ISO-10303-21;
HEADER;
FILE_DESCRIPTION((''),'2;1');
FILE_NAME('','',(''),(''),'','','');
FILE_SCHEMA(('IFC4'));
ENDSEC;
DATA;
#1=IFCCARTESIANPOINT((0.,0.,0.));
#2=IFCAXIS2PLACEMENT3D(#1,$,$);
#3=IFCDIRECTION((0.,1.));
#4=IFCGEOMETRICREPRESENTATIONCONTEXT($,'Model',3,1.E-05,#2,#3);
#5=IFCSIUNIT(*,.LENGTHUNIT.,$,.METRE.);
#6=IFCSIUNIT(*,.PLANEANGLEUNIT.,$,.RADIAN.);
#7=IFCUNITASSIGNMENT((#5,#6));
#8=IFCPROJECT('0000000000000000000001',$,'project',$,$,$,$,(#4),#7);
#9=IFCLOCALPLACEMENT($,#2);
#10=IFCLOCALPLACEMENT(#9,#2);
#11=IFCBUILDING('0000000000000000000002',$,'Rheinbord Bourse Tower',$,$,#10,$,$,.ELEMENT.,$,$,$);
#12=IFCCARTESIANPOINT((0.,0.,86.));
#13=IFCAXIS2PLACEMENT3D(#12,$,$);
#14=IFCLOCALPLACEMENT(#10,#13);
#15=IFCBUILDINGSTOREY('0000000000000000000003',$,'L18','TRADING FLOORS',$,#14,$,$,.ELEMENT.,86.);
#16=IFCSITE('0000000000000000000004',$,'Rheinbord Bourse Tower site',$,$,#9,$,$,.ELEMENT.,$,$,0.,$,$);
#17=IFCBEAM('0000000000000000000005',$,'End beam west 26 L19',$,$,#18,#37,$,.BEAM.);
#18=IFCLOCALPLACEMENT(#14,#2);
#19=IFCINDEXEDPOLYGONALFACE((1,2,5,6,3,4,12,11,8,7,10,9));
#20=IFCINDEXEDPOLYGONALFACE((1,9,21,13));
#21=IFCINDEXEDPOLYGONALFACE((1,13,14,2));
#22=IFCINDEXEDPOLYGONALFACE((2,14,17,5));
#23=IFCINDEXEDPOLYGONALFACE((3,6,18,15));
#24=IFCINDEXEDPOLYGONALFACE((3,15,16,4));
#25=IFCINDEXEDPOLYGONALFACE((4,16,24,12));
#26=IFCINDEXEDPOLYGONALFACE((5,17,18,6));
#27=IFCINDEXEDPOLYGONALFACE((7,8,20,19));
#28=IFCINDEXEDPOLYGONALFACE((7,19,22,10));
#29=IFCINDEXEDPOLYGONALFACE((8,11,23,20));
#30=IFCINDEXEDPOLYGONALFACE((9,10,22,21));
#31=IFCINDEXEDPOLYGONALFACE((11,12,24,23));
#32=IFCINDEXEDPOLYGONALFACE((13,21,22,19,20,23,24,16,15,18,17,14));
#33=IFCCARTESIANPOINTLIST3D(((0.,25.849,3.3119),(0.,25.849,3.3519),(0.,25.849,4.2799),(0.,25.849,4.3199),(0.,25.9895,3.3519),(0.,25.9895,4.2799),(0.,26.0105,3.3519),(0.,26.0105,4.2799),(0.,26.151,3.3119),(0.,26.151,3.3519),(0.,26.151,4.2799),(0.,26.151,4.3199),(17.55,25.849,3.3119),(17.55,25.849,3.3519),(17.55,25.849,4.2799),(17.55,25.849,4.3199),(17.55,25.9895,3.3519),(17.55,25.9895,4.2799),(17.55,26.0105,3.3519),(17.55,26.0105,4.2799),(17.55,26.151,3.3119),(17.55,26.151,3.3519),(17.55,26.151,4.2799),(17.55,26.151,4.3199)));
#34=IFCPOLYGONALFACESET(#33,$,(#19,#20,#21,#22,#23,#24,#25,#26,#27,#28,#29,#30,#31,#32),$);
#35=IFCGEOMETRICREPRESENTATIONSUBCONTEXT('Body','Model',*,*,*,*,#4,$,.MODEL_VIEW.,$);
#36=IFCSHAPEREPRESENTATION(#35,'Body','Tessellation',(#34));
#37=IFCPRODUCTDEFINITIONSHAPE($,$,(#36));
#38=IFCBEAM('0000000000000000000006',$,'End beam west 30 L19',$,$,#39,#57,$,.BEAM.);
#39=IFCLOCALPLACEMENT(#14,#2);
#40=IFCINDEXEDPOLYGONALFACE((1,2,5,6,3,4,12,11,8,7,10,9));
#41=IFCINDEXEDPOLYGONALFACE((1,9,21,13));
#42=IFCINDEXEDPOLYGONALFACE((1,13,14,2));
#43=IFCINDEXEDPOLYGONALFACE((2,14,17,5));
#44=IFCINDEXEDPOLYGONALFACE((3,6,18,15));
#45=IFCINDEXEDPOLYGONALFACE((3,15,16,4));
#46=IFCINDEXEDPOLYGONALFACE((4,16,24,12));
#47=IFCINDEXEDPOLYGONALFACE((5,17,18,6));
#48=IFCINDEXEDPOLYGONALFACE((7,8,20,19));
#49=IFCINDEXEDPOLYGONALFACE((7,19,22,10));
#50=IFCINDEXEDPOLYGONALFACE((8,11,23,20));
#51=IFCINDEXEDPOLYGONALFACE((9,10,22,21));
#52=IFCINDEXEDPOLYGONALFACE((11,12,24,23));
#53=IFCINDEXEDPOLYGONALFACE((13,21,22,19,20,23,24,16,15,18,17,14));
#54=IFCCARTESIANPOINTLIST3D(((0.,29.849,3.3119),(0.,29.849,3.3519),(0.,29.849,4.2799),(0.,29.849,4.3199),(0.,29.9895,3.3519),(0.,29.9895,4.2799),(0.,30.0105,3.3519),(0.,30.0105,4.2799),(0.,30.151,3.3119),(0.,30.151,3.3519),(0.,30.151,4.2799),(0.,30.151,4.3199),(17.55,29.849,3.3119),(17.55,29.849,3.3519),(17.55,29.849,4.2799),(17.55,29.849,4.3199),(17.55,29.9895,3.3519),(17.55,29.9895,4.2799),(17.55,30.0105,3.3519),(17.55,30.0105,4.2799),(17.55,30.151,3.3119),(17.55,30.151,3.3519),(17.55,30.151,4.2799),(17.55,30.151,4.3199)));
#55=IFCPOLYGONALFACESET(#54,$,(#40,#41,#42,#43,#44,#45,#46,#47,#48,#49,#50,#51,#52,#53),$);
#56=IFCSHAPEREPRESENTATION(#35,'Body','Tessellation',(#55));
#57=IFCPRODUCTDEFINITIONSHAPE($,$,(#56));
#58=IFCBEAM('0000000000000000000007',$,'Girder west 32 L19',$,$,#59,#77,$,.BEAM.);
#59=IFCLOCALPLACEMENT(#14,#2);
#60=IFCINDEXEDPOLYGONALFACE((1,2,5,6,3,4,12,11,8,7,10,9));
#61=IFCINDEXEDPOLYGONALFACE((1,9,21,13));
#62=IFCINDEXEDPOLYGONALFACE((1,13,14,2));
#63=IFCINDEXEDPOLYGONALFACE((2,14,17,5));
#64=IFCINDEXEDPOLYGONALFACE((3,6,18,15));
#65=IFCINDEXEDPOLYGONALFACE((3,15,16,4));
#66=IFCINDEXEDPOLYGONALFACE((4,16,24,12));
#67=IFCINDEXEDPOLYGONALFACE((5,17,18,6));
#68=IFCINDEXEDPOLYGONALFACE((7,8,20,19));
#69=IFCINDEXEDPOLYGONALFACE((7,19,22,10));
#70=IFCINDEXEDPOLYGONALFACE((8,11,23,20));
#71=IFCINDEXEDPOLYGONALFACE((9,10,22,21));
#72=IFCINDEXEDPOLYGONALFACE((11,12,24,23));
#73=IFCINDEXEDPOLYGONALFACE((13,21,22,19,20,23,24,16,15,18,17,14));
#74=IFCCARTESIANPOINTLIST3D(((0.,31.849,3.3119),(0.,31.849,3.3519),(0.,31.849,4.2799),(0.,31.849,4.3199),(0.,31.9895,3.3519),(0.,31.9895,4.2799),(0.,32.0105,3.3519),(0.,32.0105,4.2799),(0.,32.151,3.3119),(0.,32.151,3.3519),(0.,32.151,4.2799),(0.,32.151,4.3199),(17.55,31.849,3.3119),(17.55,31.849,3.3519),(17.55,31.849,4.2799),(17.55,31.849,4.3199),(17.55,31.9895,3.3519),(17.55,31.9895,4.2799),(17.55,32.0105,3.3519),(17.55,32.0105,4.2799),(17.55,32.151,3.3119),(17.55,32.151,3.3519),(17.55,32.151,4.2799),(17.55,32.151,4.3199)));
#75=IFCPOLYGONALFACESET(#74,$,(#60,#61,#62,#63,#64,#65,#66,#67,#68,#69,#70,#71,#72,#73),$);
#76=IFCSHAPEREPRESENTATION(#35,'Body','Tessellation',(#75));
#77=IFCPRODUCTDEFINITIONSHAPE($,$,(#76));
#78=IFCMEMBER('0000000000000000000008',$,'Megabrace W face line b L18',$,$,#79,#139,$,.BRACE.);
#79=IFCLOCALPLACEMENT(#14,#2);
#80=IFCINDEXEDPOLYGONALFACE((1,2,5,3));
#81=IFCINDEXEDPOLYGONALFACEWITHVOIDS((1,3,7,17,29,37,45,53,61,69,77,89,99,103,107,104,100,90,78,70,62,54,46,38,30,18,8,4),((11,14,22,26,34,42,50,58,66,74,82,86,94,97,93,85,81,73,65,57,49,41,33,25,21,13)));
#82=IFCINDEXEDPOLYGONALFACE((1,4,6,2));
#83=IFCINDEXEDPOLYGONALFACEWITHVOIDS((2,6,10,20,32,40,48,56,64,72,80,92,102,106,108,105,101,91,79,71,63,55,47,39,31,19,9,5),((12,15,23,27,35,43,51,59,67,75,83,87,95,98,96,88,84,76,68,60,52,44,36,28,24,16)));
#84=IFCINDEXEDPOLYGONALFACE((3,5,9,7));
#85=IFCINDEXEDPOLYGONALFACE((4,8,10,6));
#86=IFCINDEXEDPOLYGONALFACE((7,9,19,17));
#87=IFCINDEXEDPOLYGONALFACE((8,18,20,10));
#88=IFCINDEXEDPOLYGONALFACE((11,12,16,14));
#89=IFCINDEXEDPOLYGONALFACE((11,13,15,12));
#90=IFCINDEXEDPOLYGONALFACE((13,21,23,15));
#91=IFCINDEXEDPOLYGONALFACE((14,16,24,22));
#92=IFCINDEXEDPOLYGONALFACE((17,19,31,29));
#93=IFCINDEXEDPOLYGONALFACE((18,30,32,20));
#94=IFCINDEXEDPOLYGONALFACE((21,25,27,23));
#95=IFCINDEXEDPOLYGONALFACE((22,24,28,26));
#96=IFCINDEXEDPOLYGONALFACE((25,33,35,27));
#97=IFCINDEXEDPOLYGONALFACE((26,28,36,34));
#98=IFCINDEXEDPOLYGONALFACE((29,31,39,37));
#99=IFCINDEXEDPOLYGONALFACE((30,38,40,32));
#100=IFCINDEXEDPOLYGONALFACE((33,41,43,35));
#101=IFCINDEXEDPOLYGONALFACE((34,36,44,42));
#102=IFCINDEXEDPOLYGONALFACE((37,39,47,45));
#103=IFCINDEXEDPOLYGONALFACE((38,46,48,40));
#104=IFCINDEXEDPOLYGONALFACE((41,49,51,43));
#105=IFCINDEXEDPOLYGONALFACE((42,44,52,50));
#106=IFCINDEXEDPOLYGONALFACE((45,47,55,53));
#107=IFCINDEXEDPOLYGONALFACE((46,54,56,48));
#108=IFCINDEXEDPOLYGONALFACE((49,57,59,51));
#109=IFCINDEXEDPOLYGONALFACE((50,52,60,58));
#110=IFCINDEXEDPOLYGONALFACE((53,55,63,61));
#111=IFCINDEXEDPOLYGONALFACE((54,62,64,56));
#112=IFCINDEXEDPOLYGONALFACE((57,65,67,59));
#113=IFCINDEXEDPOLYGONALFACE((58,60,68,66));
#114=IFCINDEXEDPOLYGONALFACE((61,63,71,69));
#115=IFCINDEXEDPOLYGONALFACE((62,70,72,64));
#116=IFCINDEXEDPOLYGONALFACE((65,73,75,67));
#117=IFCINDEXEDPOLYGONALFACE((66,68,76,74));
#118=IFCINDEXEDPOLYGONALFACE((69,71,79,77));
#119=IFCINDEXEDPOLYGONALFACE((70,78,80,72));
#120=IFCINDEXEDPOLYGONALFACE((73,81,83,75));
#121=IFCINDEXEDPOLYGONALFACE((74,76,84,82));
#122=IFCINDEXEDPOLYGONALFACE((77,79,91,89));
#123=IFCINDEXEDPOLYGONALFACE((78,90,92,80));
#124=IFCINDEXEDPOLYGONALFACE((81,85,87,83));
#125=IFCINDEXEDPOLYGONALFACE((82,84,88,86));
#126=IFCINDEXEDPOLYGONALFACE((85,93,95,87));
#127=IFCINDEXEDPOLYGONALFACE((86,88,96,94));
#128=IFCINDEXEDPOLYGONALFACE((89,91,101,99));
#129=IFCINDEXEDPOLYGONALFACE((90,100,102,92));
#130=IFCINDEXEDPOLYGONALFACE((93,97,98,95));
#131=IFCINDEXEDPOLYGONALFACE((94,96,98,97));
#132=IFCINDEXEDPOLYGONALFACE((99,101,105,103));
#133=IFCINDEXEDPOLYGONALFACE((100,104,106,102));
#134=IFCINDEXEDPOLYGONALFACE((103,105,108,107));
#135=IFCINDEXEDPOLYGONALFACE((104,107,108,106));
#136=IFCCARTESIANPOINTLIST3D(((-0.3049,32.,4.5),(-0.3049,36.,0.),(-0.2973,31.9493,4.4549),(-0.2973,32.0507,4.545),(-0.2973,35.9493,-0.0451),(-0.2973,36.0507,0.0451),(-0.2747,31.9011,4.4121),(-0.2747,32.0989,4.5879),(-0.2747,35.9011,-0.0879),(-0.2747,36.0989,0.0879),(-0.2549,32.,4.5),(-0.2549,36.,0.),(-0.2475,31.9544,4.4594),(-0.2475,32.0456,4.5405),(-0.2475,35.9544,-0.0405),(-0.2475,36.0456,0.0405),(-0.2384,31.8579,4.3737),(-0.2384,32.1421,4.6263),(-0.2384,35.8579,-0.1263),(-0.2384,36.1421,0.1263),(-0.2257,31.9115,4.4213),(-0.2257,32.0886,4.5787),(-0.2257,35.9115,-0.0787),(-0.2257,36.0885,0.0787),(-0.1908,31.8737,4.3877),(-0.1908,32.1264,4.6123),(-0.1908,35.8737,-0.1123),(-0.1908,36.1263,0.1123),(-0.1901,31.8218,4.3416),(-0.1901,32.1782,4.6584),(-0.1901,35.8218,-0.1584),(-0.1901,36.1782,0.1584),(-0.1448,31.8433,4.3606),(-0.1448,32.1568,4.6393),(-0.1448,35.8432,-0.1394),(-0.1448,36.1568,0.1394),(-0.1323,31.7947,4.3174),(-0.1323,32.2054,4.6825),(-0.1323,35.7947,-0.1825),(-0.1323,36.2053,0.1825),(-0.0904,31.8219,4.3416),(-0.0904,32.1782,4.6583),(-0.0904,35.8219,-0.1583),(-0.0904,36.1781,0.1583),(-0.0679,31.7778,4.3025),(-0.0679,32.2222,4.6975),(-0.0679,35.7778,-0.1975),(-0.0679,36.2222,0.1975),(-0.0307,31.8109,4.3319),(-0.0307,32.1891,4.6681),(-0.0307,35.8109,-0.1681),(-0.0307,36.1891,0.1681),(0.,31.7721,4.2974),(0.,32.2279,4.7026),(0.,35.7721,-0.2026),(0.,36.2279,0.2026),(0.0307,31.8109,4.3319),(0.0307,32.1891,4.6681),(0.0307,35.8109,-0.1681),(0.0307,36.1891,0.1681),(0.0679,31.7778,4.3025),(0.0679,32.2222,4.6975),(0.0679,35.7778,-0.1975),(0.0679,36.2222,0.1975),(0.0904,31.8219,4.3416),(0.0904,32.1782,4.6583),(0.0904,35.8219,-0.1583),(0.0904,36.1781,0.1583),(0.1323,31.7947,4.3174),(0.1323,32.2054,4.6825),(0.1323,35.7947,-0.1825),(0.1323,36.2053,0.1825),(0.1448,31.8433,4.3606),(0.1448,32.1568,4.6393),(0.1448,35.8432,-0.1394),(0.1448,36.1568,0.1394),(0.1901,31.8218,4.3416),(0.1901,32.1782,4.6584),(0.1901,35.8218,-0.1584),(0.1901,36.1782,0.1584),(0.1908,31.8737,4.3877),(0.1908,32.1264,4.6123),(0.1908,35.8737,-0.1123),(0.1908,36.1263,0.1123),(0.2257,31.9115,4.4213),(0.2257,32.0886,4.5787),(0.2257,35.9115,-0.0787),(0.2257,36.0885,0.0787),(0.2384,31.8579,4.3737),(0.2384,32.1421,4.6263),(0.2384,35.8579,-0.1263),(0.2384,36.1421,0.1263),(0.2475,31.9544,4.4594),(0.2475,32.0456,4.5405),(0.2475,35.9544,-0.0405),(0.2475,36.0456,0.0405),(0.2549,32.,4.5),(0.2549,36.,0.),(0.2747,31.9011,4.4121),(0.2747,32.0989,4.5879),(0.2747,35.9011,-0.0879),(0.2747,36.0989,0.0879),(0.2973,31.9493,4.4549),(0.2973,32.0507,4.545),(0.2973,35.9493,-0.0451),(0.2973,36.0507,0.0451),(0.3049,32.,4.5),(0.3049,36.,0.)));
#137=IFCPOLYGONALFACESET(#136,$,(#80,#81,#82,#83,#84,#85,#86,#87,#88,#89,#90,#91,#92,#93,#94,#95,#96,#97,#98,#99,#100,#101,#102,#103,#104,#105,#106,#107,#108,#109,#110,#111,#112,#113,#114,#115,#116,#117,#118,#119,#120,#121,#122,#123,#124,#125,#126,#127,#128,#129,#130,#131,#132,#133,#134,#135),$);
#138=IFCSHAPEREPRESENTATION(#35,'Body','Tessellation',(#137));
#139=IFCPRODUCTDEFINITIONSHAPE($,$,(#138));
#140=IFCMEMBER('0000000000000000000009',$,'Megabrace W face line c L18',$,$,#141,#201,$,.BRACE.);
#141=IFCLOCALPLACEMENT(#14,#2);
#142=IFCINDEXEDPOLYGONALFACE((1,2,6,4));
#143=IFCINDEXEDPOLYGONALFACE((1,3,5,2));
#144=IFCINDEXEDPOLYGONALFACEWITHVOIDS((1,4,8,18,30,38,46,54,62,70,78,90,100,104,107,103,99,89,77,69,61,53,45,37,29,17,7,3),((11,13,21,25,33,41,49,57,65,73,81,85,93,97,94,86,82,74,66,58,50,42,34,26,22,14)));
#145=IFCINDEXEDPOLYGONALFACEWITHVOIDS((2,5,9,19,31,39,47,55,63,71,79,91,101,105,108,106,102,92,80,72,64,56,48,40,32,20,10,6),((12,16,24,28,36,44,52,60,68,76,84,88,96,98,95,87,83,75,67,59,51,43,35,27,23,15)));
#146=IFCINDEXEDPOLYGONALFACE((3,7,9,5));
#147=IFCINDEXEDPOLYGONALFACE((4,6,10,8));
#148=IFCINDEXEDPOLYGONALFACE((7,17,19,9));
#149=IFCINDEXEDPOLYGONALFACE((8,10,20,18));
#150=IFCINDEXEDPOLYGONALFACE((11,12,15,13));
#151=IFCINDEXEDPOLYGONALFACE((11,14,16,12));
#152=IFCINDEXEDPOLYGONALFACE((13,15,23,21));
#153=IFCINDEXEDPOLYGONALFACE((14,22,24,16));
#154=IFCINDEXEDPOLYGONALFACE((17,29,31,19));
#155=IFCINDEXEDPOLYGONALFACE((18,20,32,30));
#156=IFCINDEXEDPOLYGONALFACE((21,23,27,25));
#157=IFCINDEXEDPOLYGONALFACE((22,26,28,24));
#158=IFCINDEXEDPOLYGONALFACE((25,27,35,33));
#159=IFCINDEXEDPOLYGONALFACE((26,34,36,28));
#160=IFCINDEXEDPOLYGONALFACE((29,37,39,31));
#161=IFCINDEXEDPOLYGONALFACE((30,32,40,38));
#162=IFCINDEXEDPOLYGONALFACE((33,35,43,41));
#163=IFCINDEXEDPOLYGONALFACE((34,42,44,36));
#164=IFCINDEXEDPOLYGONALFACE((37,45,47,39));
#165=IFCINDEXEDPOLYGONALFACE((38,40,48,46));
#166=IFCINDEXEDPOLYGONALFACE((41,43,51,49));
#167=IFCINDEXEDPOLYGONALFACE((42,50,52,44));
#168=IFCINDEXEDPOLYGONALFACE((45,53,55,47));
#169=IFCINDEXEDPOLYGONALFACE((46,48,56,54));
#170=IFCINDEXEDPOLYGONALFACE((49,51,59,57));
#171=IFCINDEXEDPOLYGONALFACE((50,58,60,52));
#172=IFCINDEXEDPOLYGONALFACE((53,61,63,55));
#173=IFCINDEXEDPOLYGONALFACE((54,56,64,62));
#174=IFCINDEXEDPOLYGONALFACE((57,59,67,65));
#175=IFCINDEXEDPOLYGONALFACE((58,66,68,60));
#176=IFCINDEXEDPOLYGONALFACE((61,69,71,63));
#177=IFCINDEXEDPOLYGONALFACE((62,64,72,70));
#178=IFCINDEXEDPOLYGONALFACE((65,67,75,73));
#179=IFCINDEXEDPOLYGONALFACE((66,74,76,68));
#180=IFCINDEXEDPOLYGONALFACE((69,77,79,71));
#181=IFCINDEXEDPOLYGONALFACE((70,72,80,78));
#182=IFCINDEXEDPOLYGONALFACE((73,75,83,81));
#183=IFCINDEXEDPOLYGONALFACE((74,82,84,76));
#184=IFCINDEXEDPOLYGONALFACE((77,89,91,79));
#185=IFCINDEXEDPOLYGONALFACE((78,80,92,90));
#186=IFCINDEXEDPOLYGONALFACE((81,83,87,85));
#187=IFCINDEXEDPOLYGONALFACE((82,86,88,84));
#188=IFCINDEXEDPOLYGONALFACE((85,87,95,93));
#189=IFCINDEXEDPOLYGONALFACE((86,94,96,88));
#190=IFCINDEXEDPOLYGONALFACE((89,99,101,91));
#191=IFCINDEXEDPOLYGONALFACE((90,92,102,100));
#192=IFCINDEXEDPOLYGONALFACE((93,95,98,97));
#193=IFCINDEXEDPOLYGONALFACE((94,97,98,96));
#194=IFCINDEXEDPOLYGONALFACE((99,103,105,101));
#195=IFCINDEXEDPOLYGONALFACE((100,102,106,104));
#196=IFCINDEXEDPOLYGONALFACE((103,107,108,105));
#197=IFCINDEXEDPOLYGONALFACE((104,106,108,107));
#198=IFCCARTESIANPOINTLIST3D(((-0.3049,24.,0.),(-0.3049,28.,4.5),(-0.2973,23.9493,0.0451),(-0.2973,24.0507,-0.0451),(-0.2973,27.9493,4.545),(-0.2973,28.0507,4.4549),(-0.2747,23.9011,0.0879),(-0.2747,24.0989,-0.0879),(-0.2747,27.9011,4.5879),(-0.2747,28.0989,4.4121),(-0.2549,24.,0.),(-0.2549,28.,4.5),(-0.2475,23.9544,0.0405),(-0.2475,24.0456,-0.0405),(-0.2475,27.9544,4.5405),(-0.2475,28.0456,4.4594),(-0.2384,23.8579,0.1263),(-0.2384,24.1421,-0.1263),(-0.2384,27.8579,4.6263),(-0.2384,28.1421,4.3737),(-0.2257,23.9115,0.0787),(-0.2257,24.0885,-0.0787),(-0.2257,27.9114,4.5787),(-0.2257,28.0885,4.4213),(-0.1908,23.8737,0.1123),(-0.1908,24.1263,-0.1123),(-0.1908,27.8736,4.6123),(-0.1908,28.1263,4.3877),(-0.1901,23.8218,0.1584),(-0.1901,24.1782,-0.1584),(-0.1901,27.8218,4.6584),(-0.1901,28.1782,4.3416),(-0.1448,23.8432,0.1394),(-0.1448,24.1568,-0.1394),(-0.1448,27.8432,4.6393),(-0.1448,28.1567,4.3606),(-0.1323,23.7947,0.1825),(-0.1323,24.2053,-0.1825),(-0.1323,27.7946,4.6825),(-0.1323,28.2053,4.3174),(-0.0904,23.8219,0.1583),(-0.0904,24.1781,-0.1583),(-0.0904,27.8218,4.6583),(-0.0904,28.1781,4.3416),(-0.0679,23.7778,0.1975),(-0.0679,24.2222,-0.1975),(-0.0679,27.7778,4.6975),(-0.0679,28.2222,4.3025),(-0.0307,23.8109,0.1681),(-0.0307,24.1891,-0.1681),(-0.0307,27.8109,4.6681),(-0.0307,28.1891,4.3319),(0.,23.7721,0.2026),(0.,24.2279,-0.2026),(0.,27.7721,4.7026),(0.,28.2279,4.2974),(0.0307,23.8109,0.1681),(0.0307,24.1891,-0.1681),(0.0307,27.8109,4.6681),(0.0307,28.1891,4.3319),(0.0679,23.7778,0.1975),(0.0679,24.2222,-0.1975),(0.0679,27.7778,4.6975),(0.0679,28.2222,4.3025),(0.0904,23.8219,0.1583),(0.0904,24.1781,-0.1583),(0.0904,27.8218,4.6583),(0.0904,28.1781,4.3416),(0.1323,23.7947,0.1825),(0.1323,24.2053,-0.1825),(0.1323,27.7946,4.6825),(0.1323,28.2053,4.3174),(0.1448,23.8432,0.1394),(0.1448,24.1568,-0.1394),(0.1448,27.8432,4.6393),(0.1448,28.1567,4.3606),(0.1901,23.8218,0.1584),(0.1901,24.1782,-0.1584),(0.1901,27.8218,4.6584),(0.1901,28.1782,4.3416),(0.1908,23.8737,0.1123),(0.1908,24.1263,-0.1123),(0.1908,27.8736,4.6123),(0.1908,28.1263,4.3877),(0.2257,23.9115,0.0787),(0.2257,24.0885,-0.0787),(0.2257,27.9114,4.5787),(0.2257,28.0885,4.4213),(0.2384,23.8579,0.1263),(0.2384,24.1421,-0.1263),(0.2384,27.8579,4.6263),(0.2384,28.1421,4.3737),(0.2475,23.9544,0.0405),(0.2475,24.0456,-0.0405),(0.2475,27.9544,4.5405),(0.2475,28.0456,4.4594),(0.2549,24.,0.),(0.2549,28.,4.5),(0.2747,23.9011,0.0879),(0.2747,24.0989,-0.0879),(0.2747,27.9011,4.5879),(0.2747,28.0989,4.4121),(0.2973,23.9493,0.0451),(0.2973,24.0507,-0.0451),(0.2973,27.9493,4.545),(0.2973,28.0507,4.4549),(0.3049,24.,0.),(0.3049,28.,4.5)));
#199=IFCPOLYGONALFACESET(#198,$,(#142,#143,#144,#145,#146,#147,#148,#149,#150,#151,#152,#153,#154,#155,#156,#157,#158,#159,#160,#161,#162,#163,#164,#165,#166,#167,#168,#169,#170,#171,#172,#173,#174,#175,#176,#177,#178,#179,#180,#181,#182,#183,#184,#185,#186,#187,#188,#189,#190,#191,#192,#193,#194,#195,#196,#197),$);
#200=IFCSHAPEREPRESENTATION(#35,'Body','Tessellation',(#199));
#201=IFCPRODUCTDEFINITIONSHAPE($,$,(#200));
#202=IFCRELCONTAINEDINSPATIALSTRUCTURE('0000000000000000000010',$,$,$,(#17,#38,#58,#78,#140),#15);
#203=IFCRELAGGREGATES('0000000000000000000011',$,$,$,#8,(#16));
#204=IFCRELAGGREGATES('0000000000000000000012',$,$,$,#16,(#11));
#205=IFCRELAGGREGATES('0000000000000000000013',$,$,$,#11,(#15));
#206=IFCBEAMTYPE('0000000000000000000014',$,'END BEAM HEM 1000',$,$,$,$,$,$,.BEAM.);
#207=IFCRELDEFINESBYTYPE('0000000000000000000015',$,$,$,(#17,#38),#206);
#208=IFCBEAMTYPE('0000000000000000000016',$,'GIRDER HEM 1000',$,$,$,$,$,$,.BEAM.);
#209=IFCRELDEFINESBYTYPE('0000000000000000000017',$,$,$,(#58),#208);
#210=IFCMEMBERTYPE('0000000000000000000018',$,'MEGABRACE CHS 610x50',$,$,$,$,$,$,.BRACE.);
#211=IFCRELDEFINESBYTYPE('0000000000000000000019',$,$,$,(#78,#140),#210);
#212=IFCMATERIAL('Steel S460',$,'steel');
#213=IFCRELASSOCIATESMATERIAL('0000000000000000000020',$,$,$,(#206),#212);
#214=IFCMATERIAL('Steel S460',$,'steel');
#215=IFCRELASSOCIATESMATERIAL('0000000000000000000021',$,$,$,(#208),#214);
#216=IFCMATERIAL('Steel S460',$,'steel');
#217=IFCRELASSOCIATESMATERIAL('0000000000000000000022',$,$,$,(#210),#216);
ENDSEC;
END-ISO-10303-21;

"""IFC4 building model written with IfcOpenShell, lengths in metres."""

from ifc_helpers import new_model, si_unit, direction, frame, origin, origin_2d, place, context, subcontext, project, spatial, hollow_circle, i_section, extrude, material, material_profile, profile_set, type_object, element, save


model = new_model("IFC4")

# Units and contexts
model_context = context("Model", 3, precision=1e-05, world=origin(), true_north=direction((0.0, 1.0)))
body_context = subcontext(model_context, "Body", "Model", "MODEL_VIEW")
ifc_project = project(units=[si_unit("LENGTHUNIT", "METRE"), si_unit("PLANEANGLEUNIT", "RADIAN")], contexts=[model_context])

# Site, building, storey
site_placement = place(None, origin())
site = spatial("IfcSite", under=ifc_project, at=site_placement, Name="Rheinbord Bourse Tower site", CompositionType="ELEMENT", RefElevation=0.0)
building_placement = place(site_placement, origin())
building = spatial("IfcBuilding", under=site, at=building_placement, Name="Rheinbord Bourse Tower", CompositionType="ELEMENT")
storey_placement = place(building_placement, frame((0.0, 0.0, 86.0)))
storey = spatial("IfcBuildingStorey", under=building, at=storey_placement, Name="L18", Description="TRADING FLOORS", CompositionType="ELEMENT", Elevation=86.0)

# Beams
ifc_material_1 = material(Name="Steel S460", Category="steel")
ifc_material_profile_1 = material_profile(ifc_material_1, i_section(OverallWidth=0.302, OverallDepth=1.0081, WebThickness=0.021, FlangeThickness=0.04, at=origin_2d()), Name="HEM 1000")
ifc_profile_set_1 = profile_set([ifc_material_profile_1], Name="Steel S460")
beam_type_1 = type_object("IfcBeamType", Name="END BEAM HEM 1000", PredefinedType="BEAM", material=ifc_profile_set_1)
for number, where, z_axis, x_axis, name in (
    (1, (0.0, 26.0, 3.8159), (1.0, 0.0, 0.0), (0.0, 1.0, 0.0), "End beam west 26 L19"),
    (2, (0.0, 30.0, 3.8159), (1.0, 0.0, 0.0), (0.0, 1.0, 0.0), "End beam west 30 L19"),
):
    element("IfcBeam", number, at=place(storey_placement, frame(where, z_axis=z_axis, x_axis=x_axis)), inside=storey, type_object=beam_type_1, Name=name, PredefinedType="BEAM", context=body_context, shape_type="SweptSolid", body=[
        extrude(i_section(OverallWidth=0.302, OverallDepth=1.0081, WebThickness=0.021, FlangeThickness=0.04, at=origin_2d()), origin(), (0.0, 0.0, 1.0), 17.55),
    ])
ifc_material_2 = material(Name="Steel S460", Category="steel")
ifc_material_profile_2 = material_profile(ifc_material_2, i_section(OverallWidth=0.302, OverallDepth=1.0081, WebThickness=0.021, FlangeThickness=0.04, at=origin_2d()), Name="HEM 1000")
ifc_profile_set_2 = profile_set([ifc_material_profile_2], Name="Steel S460")
beam_type_2 = type_object("IfcBeamType", Name="GIRDER HEM 1000", PredefinedType="BEAM", material=ifc_profile_set_2)
beam_placement = place(storey_placement, frame((0.0, 32.0, 3.8159), z_axis=(1.0, 0.0, 0.0), x_axis=(0.0, 1.0, 0.0)))
element("IfcBeam", 3, at=beam_placement, inside=storey, type_object=beam_type_2, Name="Girder west 32 L19", PredefinedType="BEAM", context=body_context, shape_type="SweptSolid", body=[
    extrude(i_section(OverallWidth=0.302, OverallDepth=1.0081, WebThickness=0.021, FlangeThickness=0.04, at=origin_2d()), origin(), (0.0, 0.0, 1.0), 17.55),
])

# Members
ifc_material_3 = material(Name="Steel S460", Category="steel")
ifc_material_profile_3 = material_profile(ifc_material_3, hollow_circle(Radius=0.3049, WallThickness=0.05, at=origin_2d()), Name="CHS 610x50")
ifc_profile_set_3 = profile_set([ifc_material_profile_3], Name="Steel S460")
member_type_1 = type_object("IfcMemberType", Name="MEGABRACE CHS 610x50", PredefinedType="BRACE", material=ifc_profile_set_3)
for number, where, z_axis, x_axis, name in (
    (4, (0.0, 36.0, 0.0), (0.0, -0.664364, 0.747409), (1.0, 0.0, 0.0), "Megabrace W face line b L18"),
    (5, (0.0, 24.0, 0.0), (0.0, 0.664364, 0.747409), (-1.0, 0.0, 0.0), "Megabrace W face line c L18"),
):
    element("IfcMember", number, at=place(storey_placement, frame(where, z_axis=z_axis, x_axis=x_axis)), inside=storey, type_object=member_type_1, Name=name, PredefinedType="BRACE", context=body_context, shape_type="SweptSolid", body=[
        extrude(hollow_circle(Radius=0.3049, WallThickness=0.05, at=origin_2d()), origin(), (0.0, 0.0, 1.0), 6.0208),
    ])

save(model, "model.ifc")
